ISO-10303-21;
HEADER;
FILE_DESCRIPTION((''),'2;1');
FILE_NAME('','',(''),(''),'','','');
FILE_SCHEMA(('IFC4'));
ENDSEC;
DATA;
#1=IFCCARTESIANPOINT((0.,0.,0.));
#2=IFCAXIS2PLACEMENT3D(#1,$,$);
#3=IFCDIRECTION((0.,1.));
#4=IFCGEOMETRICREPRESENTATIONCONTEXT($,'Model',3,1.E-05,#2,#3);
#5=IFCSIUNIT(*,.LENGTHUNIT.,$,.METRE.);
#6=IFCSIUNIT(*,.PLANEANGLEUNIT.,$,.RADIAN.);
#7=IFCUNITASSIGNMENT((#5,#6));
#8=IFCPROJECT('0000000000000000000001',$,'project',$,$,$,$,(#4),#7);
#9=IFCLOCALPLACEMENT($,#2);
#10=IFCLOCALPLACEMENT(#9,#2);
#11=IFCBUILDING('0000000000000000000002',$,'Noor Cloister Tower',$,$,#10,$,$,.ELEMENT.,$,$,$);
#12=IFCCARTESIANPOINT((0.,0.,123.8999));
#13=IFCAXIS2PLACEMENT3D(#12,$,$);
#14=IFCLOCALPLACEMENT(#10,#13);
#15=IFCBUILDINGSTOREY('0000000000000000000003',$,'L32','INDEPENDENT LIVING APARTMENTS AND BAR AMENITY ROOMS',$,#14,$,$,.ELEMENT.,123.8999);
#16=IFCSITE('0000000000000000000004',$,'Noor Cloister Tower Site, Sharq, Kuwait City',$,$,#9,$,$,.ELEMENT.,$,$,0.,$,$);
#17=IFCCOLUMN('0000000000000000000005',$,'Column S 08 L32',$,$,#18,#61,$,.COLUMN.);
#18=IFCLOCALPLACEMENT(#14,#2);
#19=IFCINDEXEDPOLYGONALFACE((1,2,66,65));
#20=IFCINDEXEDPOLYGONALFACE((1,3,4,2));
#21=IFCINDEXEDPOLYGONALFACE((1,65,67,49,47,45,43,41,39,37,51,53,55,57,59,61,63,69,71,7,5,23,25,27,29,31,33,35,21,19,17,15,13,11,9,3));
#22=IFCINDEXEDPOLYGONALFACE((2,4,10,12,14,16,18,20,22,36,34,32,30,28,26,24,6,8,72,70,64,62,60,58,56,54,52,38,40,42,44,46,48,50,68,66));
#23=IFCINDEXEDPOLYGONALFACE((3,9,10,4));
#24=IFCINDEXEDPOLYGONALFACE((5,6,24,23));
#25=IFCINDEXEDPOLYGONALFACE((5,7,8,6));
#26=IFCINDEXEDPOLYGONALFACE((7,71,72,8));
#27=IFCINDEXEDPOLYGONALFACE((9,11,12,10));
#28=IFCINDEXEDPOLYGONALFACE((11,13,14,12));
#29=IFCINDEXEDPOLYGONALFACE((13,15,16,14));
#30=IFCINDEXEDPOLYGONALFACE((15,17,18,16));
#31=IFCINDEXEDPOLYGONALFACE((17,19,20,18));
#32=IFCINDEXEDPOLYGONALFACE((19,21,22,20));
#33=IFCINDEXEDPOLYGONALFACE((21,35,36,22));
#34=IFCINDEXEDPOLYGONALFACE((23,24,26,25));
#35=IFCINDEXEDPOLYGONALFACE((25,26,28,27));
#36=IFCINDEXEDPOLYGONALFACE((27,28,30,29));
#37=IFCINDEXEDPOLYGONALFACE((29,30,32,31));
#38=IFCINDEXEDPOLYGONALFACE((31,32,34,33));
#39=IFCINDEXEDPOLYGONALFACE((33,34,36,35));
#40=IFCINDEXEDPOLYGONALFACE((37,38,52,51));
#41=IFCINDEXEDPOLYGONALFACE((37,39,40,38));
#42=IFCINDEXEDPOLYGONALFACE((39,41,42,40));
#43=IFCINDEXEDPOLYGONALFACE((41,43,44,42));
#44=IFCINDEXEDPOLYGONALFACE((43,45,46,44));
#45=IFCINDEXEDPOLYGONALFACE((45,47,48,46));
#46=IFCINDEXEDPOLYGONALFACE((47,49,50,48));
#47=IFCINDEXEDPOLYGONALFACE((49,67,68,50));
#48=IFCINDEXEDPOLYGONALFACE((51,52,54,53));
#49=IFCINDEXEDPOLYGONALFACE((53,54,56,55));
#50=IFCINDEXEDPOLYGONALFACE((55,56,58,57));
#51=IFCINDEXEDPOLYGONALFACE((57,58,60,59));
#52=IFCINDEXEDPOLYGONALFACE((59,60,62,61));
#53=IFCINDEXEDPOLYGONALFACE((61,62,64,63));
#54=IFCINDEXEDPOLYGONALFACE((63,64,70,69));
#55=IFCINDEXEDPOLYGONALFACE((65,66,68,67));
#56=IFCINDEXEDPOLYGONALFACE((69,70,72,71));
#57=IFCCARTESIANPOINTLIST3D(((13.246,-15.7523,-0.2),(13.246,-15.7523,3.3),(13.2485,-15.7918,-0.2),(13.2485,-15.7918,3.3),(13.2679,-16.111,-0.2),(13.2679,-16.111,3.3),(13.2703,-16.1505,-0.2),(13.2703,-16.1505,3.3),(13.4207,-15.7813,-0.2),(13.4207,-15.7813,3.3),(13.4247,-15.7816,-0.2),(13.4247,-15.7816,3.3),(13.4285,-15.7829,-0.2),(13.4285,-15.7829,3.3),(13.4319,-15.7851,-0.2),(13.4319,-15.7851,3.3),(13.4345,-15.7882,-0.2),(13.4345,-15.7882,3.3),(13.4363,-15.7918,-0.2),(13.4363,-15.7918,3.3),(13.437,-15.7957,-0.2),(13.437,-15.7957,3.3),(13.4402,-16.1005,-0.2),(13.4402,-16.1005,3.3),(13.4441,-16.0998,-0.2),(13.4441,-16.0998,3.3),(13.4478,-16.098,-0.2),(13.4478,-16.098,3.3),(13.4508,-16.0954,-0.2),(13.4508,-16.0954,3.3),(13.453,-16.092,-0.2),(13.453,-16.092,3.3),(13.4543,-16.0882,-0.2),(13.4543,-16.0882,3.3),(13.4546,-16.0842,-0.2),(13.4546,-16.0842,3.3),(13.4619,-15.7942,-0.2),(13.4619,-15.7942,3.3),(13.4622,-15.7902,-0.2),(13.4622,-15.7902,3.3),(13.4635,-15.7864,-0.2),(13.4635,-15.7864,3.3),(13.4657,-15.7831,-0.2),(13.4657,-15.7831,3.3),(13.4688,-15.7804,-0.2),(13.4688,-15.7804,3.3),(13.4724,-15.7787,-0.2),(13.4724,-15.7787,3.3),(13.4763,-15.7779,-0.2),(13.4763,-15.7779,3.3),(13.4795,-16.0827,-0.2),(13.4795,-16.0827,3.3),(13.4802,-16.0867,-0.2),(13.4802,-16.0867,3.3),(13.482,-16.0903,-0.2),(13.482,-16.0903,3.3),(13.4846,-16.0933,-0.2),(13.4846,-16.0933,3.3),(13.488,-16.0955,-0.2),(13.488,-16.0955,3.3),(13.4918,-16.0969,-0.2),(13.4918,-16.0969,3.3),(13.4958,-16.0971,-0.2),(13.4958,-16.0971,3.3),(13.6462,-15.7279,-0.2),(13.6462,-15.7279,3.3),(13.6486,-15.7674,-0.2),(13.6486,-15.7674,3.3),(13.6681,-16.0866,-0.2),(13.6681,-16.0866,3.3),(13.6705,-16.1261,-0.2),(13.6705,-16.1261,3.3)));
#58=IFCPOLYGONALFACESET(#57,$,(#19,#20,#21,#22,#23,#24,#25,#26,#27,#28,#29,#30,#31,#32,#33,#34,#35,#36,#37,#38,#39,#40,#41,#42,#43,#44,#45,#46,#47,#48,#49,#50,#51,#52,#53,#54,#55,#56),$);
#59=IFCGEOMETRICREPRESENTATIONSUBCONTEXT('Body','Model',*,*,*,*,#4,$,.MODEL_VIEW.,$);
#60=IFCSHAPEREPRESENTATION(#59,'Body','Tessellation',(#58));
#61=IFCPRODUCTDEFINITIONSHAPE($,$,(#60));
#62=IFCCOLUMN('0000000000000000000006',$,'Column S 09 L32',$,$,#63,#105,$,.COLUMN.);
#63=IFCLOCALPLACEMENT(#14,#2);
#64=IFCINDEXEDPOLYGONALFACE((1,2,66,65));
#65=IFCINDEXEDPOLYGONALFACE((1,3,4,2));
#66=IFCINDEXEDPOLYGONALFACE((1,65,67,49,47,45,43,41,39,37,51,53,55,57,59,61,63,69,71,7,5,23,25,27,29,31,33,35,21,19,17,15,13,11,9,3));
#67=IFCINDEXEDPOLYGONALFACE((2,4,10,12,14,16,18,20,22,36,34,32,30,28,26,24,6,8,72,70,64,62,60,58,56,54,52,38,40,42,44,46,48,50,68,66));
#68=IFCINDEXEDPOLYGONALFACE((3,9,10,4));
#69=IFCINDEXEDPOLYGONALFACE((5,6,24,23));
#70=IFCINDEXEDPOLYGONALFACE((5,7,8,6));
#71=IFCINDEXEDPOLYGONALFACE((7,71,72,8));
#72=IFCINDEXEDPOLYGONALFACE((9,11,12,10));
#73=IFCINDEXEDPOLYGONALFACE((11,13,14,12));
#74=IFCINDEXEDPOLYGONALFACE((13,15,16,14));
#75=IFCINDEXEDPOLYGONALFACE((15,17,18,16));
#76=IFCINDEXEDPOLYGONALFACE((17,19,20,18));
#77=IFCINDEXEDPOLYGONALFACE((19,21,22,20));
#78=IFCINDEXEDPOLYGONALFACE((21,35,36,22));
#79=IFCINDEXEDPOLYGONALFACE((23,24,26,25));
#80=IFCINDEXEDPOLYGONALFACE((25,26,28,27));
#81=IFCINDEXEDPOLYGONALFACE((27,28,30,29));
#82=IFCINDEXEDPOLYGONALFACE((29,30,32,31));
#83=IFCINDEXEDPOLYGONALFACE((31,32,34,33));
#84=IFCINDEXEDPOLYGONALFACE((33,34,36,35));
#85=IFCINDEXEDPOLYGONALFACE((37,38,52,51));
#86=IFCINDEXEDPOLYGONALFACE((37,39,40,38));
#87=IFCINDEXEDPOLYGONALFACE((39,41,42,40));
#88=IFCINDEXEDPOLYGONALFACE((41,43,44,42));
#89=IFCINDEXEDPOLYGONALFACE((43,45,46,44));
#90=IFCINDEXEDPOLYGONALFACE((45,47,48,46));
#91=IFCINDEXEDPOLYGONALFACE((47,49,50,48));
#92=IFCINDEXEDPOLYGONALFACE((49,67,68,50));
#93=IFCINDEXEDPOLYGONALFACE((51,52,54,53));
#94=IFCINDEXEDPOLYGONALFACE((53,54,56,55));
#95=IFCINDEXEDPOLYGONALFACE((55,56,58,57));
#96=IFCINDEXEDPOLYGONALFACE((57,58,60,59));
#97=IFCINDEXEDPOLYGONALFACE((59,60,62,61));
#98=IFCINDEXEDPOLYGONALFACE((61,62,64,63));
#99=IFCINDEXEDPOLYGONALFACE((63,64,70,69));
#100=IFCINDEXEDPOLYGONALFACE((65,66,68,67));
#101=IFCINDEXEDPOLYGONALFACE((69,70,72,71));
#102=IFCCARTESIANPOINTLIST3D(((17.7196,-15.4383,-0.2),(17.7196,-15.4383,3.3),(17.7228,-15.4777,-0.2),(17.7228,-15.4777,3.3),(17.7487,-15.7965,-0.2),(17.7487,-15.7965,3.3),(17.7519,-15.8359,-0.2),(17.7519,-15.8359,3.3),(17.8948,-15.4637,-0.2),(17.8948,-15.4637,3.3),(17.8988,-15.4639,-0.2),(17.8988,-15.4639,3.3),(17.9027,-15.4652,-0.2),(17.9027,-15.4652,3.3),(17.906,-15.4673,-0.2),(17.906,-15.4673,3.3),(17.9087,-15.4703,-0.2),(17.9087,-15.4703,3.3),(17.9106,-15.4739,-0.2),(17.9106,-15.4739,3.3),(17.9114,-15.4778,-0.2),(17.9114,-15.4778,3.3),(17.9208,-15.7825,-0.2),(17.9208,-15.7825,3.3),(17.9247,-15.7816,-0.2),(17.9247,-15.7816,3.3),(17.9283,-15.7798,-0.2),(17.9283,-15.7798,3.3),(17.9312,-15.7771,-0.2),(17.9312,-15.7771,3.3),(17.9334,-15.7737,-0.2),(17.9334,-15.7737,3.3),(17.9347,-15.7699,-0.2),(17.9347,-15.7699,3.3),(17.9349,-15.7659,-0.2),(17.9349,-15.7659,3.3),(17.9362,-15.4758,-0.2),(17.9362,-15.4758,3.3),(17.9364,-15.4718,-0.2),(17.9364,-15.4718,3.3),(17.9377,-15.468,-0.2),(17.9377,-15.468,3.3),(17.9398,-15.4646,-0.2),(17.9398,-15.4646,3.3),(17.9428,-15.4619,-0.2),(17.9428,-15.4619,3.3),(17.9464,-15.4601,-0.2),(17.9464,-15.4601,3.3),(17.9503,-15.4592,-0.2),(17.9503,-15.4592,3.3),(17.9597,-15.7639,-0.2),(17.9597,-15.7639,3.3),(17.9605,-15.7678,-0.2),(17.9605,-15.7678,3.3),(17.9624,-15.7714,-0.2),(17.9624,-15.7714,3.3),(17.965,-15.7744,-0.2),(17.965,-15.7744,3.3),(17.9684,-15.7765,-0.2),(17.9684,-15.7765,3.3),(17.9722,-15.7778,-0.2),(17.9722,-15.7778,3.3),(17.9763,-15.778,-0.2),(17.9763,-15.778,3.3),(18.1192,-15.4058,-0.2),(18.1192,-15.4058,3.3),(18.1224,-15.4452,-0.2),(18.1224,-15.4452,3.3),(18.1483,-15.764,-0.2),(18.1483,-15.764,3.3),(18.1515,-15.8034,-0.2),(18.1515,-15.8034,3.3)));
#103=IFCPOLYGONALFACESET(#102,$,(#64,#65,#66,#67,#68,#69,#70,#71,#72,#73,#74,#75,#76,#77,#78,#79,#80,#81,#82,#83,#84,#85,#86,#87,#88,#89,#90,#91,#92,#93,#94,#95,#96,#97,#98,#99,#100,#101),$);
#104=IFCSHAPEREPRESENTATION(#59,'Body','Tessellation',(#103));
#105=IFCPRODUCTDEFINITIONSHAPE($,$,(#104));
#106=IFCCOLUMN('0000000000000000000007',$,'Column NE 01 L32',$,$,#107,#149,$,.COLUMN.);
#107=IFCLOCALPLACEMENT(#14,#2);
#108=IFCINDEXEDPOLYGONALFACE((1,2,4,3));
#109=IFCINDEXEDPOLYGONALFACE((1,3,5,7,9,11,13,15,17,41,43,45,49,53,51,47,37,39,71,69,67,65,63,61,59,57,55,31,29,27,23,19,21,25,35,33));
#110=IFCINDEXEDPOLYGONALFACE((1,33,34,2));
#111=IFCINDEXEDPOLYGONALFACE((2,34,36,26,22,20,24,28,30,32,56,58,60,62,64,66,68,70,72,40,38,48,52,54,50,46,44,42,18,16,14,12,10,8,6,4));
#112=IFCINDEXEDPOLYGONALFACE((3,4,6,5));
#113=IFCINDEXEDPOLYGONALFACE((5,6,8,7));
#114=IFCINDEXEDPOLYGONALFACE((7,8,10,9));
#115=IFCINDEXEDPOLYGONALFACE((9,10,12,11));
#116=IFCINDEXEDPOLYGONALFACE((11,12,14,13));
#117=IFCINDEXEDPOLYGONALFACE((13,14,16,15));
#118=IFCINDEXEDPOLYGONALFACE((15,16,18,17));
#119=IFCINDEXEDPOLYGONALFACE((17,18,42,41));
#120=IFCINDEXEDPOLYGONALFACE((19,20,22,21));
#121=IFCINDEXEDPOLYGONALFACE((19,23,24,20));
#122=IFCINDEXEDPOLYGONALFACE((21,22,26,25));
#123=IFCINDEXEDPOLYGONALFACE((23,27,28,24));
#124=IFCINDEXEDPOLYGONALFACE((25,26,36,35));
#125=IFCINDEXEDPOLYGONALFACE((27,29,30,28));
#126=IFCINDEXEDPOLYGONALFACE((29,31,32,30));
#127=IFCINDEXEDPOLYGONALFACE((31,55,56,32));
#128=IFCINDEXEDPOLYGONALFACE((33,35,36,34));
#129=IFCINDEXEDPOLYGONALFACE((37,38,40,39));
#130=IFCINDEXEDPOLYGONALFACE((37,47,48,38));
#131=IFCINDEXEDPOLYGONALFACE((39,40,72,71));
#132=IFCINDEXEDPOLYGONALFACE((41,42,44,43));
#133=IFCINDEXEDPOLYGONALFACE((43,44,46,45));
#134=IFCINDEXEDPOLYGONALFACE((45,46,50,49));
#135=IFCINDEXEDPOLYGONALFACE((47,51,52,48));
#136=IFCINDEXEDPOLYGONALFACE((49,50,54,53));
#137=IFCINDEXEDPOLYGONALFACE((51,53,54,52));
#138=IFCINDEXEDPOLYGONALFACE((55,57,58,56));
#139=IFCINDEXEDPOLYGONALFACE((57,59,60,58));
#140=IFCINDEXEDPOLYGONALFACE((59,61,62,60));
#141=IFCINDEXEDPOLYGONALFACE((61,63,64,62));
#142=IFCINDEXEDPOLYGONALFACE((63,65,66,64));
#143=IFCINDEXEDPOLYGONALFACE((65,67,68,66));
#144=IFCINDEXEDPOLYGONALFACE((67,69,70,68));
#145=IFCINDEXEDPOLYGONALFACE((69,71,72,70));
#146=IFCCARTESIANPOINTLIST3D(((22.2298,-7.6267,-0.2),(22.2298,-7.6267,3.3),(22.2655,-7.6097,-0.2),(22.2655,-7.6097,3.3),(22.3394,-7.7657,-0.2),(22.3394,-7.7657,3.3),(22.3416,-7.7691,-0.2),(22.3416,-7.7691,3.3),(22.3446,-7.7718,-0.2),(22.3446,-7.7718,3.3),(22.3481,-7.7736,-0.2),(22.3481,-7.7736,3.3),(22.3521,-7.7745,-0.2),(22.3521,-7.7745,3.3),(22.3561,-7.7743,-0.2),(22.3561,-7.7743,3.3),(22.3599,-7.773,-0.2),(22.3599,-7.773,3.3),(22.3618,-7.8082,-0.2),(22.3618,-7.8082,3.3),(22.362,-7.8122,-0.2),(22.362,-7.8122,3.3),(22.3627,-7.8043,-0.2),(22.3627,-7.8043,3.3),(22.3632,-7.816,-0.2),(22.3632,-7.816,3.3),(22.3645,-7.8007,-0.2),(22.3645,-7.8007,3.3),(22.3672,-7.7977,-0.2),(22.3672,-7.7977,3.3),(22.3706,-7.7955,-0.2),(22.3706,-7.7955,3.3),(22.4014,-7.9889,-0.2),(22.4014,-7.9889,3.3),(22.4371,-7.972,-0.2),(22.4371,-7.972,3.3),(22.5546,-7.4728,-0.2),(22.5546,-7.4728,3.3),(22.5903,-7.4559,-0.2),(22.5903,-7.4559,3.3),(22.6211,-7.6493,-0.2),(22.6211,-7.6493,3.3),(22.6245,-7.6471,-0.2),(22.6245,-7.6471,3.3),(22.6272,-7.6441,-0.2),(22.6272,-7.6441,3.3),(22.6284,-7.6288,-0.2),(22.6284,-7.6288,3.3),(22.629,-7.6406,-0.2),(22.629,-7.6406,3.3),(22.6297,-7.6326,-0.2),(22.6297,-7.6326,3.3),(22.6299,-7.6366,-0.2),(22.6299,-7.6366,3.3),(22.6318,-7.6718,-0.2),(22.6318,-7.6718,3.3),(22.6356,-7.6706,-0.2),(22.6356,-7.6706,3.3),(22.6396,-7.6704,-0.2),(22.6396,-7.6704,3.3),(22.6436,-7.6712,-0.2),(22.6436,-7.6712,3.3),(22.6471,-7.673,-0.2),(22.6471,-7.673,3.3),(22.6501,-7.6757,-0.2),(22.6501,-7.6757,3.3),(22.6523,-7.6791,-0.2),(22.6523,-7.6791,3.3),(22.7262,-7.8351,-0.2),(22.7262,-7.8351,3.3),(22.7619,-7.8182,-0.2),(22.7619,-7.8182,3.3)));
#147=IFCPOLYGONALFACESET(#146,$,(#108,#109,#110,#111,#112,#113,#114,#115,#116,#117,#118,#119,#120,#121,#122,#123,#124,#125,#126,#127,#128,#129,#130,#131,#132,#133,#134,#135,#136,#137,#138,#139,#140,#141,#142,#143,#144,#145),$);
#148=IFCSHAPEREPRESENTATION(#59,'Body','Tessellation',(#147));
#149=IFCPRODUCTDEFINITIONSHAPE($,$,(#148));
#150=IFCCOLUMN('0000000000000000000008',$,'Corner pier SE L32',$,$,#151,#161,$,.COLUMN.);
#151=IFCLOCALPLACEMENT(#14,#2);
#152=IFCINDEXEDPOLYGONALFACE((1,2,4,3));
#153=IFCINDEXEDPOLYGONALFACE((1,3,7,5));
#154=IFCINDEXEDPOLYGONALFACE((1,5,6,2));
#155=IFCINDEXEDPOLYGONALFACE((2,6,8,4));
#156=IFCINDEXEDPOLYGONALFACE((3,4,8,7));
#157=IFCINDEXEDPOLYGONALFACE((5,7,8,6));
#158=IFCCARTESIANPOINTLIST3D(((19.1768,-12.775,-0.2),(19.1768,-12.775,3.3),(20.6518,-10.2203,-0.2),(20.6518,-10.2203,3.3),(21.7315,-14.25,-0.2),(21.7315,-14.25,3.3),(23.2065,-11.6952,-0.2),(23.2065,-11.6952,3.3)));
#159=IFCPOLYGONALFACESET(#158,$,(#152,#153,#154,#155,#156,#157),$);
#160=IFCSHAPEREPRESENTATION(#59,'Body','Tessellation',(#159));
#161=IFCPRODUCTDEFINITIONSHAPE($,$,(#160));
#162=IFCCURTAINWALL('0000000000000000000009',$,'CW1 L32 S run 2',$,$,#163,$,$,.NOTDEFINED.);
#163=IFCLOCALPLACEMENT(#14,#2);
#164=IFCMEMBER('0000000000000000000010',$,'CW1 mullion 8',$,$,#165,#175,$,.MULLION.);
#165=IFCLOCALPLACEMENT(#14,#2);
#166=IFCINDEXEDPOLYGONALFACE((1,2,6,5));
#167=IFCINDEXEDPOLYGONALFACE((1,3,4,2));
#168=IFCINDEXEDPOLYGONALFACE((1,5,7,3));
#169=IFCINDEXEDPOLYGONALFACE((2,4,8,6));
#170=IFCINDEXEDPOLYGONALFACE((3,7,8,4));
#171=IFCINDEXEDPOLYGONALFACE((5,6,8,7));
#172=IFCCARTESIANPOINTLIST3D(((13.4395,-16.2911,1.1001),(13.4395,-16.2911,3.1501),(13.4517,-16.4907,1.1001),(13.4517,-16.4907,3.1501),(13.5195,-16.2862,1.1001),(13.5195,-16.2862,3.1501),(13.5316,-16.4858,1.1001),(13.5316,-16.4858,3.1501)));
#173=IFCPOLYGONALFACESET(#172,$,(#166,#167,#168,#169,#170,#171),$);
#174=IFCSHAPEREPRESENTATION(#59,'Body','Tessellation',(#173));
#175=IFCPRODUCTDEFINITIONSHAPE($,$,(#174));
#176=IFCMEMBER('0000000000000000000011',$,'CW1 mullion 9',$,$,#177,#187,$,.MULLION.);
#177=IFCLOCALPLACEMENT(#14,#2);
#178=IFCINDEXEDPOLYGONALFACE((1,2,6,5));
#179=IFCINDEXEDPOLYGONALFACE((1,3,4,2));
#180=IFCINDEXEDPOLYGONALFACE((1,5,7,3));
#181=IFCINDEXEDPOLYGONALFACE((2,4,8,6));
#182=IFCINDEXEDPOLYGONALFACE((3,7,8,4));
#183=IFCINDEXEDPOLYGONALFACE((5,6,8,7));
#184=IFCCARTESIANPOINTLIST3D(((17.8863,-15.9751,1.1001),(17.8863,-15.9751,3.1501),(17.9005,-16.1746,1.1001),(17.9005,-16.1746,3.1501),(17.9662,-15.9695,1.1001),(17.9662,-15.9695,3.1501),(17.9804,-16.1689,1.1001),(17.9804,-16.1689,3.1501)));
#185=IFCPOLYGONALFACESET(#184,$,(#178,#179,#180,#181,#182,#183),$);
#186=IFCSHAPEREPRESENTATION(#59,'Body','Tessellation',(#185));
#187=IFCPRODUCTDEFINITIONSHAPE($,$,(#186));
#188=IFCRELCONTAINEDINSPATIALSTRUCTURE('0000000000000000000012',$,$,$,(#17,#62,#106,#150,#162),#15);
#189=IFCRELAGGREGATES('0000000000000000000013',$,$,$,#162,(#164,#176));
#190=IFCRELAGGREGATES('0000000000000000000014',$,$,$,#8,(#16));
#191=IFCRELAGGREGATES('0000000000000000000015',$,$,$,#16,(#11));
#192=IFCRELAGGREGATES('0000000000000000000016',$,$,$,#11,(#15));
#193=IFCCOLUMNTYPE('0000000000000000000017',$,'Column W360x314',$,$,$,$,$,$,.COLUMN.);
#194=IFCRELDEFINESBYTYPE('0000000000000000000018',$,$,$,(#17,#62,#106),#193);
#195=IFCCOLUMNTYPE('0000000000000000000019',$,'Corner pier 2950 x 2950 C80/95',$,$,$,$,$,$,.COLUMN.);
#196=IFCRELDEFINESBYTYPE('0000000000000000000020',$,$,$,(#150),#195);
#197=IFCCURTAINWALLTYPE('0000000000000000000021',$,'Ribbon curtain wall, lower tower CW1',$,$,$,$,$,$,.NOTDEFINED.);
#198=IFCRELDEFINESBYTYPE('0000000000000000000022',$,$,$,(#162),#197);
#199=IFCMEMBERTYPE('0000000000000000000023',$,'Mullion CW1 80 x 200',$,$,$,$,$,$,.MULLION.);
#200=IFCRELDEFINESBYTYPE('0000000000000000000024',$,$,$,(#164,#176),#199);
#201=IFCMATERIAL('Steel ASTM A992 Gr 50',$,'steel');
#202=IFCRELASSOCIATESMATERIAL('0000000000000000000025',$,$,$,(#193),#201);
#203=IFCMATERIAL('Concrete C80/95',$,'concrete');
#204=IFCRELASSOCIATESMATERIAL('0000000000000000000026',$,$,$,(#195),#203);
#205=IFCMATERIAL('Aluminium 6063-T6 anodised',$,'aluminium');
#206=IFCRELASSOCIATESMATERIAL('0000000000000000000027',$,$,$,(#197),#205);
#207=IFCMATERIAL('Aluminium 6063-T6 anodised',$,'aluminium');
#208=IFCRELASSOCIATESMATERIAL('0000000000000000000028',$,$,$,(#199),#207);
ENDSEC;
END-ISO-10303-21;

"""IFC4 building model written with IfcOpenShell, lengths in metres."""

from ifc_helpers import new_model, si_unit, direction, frame, origin, origin_2d, place, context, subcontext, project, spatial, rectangle, i_section, extrude, material, material_profile, profile_set, type_object, element, aggregate, save


model = new_model("IFC4")

# Units and contexts
model_context = context("Model", 3, precision=1e-05, world=origin(), true_north=direction((0.0, 1.0)))
body_context = subcontext(model_context, "Body", "Model", "MODEL_VIEW")
ifc_project = project(units=[si_unit("LENGTHUNIT", "METRE"), si_unit("PLANEANGLEUNIT", "RADIAN")], contexts=[model_context])

# Site, building, storey
site_placement = place(None, origin())
site = spatial("IfcSite", under=ifc_project, at=site_placement, Name="Noor Cloister Tower Site, Sharq, Kuwait City", CompositionType="ELEMENT", RefElevation=0.0)
building_placement = place(site_placement, origin())
building = spatial("IfcBuilding", under=site, at=building_placement, Name="Noor Cloister Tower", CompositionType="ELEMENT")
storey_placement = place(building_placement, frame((0.0, 0.0, 123.8999)))
storey = spatial("IfcBuildingStorey", under=building, at=storey_placement, Name="L32", Description="INDEPENDENT LIVING APARTMENTS AND BAR AMENITY ROOMS", CompositionType="ELEMENT", Elevation=123.8999)

# Columns
ifc_material_1 = material(Name="Steel ASTM A992 Gr 50", Category="steel")
ifc_material_profile_1 = material_profile(ifc_material_1, i_section(OverallWidth=0.4009, OverallDepth=0.3989, WebThickness=0.0249, FlangeThickness=0.0396, FilletRadius=0.0154, at=origin_2d()), Name="W360x314")
ifc_profile_set_1 = profile_set([ifc_material_profile_1], Name="Steel ASTM A992 Gr 50")
column_type_1 = type_object("IfcColumnType", Name="Column W360x314", PredefinedType="COLUMN", material=ifc_profile_set_1)
for number, where, z_axis, x_axis, name in (
    (1, (13.4583, -15.9392, -0.2), (0.0, 0.0, 1.0), (0.998147, 0.060847, 0.0), "Column S 08 L32"),
    (2, (17.9355, -15.6208, -0.2), (0.0, 0.0, 1.0), (0.996707, 0.08109, 0.0), "Column S 09 L32"),
    (3, (22.4958, -7.7224, -0.2), (0.0, 0.0, 1.0), (-0.428127, 0.903718, 0.0), "Column NE 01 L32"),
):
    element("IfcColumn", number, at=place(storey_placement, frame(where, z_axis=z_axis, x_axis=x_axis)), inside=storey, type_object=column_type_1, Name=name, PredefinedType="COLUMN", context=body_context, shape_type="SweptSolid", body=[
        extrude(i_section(OverallWidth=0.4009, OverallDepth=0.3989, WebThickness=0.0249, FlangeThickness=0.0396, FilletRadius=0.0154, at=origin_2d()), origin(), (0.0, 0.0, 1.0), 3.5),
    ])
ifc_material_2 = material(Name="Concrete C80/95", Category="concrete")
ifc_material_profile_2 = material_profile(ifc_material_2, rectangle(XDim=2.95, YDim=2.95, at=origin_2d()), Name="RC 2950x2950")
ifc_profile_set_2 = profile_set([ifc_material_profile_2], Name="Concrete C80/95")
column_type_2 = type_object("IfcColumnType", Name="Corner pier 2950 x 2950 C80/95", PredefinedType="COLUMN", material=ifc_profile_set_2)
column_placement = place(storey_placement, frame((21.1917, -12.2351, -0.2), z_axis=(0.0, 0.0, 1.0), x_axis=(0.866025, -0.5, 0.0)))
element("IfcColumn", 4, at=column_placement, inside=storey, type_object=column_type_2, Name="Corner pier SE L32", PredefinedType="COLUMN", context=body_context, shape_type="SweptSolid", body=[
    extrude(rectangle(XDim=2.95, YDim=2.95, at=origin_2d()), origin(), (0.0, 0.0, 1.0), 3.5),
])

# Curtain wall, members
ifc_material_3 = material(Name="Aluminium 6063-T6 anodised", Category="aluminium")
curtain_wall_type = type_object("IfcCurtainWallType", Name="Ribbon curtain wall, lower tower CW1", PredefinedType="NOTDEFINED", material=ifc_material_3)
curtain_wall_placement = place(storey_placement, origin())
curtain_wall = element("IfcCurtainWall", 5, at=curtain_wall_placement, inside=storey, type_object=curtain_wall_type, Name="CW1 L32 S run 2", PredefinedType="NOTDEFINED")
ifc_material_4 = material(Name="Aluminium 6063-T6 anodised", Category="aluminium")
ifc_material_profile_3 = material_profile(ifc_material_4, rectangle(XDim=0.2, YDim=0.0801, at=origin_2d()), Name="200 x 80 mullion")
ifc_profile_set_3 = profile_set([ifc_material_profile_3], Name="Aluminium 6063-T6 anodised")
member_type = type_object("IfcMemberType", Name="Mullion CW1 80 x 200", PredefinedType="MULLION", material=ifc_profile_set_3)
member_1_placement = place(storey_placement, frame((13.4856, -16.3884, 1.1001), z_axis=(0.0, 0.0, 1.0), x_axis=(-0.060847, 0.998147, 0.0)))
member_1 = element("IfcMember", 6, at=member_1_placement, type_object=member_type, Name="CW1 mullion 8", PredefinedType="MULLION", context=body_context, shape_type="SweptSolid", body=[
    extrude(rectangle(XDim=0.2, YDim=0.0801, at=origin_2d()), origin(), (0.0, 0.0, 1.0), 2.05),
])
member_2_placement = place(storey_placement, frame((17.9333, -16.072, 1.1001), z_axis=(0.0, 0.0, 1.0), x_axis=(-0.070972, 0.997478, 0.0)))
member_2 = element("IfcMember", 7, at=member_2_placement, type_object=member_type, Name="CW1 mullion 9", PredefinedType="MULLION", context=body_context, shape_type="SweptSolid", body=[
    extrude(rectangle(XDim=0.2, YDim=0.0801, at=origin_2d()), origin(), (0.0, 0.0, 1.0), 2.05),
])

aggregate(curtain_wall, [member_1, member_2])

save(model, "model.ifc")
